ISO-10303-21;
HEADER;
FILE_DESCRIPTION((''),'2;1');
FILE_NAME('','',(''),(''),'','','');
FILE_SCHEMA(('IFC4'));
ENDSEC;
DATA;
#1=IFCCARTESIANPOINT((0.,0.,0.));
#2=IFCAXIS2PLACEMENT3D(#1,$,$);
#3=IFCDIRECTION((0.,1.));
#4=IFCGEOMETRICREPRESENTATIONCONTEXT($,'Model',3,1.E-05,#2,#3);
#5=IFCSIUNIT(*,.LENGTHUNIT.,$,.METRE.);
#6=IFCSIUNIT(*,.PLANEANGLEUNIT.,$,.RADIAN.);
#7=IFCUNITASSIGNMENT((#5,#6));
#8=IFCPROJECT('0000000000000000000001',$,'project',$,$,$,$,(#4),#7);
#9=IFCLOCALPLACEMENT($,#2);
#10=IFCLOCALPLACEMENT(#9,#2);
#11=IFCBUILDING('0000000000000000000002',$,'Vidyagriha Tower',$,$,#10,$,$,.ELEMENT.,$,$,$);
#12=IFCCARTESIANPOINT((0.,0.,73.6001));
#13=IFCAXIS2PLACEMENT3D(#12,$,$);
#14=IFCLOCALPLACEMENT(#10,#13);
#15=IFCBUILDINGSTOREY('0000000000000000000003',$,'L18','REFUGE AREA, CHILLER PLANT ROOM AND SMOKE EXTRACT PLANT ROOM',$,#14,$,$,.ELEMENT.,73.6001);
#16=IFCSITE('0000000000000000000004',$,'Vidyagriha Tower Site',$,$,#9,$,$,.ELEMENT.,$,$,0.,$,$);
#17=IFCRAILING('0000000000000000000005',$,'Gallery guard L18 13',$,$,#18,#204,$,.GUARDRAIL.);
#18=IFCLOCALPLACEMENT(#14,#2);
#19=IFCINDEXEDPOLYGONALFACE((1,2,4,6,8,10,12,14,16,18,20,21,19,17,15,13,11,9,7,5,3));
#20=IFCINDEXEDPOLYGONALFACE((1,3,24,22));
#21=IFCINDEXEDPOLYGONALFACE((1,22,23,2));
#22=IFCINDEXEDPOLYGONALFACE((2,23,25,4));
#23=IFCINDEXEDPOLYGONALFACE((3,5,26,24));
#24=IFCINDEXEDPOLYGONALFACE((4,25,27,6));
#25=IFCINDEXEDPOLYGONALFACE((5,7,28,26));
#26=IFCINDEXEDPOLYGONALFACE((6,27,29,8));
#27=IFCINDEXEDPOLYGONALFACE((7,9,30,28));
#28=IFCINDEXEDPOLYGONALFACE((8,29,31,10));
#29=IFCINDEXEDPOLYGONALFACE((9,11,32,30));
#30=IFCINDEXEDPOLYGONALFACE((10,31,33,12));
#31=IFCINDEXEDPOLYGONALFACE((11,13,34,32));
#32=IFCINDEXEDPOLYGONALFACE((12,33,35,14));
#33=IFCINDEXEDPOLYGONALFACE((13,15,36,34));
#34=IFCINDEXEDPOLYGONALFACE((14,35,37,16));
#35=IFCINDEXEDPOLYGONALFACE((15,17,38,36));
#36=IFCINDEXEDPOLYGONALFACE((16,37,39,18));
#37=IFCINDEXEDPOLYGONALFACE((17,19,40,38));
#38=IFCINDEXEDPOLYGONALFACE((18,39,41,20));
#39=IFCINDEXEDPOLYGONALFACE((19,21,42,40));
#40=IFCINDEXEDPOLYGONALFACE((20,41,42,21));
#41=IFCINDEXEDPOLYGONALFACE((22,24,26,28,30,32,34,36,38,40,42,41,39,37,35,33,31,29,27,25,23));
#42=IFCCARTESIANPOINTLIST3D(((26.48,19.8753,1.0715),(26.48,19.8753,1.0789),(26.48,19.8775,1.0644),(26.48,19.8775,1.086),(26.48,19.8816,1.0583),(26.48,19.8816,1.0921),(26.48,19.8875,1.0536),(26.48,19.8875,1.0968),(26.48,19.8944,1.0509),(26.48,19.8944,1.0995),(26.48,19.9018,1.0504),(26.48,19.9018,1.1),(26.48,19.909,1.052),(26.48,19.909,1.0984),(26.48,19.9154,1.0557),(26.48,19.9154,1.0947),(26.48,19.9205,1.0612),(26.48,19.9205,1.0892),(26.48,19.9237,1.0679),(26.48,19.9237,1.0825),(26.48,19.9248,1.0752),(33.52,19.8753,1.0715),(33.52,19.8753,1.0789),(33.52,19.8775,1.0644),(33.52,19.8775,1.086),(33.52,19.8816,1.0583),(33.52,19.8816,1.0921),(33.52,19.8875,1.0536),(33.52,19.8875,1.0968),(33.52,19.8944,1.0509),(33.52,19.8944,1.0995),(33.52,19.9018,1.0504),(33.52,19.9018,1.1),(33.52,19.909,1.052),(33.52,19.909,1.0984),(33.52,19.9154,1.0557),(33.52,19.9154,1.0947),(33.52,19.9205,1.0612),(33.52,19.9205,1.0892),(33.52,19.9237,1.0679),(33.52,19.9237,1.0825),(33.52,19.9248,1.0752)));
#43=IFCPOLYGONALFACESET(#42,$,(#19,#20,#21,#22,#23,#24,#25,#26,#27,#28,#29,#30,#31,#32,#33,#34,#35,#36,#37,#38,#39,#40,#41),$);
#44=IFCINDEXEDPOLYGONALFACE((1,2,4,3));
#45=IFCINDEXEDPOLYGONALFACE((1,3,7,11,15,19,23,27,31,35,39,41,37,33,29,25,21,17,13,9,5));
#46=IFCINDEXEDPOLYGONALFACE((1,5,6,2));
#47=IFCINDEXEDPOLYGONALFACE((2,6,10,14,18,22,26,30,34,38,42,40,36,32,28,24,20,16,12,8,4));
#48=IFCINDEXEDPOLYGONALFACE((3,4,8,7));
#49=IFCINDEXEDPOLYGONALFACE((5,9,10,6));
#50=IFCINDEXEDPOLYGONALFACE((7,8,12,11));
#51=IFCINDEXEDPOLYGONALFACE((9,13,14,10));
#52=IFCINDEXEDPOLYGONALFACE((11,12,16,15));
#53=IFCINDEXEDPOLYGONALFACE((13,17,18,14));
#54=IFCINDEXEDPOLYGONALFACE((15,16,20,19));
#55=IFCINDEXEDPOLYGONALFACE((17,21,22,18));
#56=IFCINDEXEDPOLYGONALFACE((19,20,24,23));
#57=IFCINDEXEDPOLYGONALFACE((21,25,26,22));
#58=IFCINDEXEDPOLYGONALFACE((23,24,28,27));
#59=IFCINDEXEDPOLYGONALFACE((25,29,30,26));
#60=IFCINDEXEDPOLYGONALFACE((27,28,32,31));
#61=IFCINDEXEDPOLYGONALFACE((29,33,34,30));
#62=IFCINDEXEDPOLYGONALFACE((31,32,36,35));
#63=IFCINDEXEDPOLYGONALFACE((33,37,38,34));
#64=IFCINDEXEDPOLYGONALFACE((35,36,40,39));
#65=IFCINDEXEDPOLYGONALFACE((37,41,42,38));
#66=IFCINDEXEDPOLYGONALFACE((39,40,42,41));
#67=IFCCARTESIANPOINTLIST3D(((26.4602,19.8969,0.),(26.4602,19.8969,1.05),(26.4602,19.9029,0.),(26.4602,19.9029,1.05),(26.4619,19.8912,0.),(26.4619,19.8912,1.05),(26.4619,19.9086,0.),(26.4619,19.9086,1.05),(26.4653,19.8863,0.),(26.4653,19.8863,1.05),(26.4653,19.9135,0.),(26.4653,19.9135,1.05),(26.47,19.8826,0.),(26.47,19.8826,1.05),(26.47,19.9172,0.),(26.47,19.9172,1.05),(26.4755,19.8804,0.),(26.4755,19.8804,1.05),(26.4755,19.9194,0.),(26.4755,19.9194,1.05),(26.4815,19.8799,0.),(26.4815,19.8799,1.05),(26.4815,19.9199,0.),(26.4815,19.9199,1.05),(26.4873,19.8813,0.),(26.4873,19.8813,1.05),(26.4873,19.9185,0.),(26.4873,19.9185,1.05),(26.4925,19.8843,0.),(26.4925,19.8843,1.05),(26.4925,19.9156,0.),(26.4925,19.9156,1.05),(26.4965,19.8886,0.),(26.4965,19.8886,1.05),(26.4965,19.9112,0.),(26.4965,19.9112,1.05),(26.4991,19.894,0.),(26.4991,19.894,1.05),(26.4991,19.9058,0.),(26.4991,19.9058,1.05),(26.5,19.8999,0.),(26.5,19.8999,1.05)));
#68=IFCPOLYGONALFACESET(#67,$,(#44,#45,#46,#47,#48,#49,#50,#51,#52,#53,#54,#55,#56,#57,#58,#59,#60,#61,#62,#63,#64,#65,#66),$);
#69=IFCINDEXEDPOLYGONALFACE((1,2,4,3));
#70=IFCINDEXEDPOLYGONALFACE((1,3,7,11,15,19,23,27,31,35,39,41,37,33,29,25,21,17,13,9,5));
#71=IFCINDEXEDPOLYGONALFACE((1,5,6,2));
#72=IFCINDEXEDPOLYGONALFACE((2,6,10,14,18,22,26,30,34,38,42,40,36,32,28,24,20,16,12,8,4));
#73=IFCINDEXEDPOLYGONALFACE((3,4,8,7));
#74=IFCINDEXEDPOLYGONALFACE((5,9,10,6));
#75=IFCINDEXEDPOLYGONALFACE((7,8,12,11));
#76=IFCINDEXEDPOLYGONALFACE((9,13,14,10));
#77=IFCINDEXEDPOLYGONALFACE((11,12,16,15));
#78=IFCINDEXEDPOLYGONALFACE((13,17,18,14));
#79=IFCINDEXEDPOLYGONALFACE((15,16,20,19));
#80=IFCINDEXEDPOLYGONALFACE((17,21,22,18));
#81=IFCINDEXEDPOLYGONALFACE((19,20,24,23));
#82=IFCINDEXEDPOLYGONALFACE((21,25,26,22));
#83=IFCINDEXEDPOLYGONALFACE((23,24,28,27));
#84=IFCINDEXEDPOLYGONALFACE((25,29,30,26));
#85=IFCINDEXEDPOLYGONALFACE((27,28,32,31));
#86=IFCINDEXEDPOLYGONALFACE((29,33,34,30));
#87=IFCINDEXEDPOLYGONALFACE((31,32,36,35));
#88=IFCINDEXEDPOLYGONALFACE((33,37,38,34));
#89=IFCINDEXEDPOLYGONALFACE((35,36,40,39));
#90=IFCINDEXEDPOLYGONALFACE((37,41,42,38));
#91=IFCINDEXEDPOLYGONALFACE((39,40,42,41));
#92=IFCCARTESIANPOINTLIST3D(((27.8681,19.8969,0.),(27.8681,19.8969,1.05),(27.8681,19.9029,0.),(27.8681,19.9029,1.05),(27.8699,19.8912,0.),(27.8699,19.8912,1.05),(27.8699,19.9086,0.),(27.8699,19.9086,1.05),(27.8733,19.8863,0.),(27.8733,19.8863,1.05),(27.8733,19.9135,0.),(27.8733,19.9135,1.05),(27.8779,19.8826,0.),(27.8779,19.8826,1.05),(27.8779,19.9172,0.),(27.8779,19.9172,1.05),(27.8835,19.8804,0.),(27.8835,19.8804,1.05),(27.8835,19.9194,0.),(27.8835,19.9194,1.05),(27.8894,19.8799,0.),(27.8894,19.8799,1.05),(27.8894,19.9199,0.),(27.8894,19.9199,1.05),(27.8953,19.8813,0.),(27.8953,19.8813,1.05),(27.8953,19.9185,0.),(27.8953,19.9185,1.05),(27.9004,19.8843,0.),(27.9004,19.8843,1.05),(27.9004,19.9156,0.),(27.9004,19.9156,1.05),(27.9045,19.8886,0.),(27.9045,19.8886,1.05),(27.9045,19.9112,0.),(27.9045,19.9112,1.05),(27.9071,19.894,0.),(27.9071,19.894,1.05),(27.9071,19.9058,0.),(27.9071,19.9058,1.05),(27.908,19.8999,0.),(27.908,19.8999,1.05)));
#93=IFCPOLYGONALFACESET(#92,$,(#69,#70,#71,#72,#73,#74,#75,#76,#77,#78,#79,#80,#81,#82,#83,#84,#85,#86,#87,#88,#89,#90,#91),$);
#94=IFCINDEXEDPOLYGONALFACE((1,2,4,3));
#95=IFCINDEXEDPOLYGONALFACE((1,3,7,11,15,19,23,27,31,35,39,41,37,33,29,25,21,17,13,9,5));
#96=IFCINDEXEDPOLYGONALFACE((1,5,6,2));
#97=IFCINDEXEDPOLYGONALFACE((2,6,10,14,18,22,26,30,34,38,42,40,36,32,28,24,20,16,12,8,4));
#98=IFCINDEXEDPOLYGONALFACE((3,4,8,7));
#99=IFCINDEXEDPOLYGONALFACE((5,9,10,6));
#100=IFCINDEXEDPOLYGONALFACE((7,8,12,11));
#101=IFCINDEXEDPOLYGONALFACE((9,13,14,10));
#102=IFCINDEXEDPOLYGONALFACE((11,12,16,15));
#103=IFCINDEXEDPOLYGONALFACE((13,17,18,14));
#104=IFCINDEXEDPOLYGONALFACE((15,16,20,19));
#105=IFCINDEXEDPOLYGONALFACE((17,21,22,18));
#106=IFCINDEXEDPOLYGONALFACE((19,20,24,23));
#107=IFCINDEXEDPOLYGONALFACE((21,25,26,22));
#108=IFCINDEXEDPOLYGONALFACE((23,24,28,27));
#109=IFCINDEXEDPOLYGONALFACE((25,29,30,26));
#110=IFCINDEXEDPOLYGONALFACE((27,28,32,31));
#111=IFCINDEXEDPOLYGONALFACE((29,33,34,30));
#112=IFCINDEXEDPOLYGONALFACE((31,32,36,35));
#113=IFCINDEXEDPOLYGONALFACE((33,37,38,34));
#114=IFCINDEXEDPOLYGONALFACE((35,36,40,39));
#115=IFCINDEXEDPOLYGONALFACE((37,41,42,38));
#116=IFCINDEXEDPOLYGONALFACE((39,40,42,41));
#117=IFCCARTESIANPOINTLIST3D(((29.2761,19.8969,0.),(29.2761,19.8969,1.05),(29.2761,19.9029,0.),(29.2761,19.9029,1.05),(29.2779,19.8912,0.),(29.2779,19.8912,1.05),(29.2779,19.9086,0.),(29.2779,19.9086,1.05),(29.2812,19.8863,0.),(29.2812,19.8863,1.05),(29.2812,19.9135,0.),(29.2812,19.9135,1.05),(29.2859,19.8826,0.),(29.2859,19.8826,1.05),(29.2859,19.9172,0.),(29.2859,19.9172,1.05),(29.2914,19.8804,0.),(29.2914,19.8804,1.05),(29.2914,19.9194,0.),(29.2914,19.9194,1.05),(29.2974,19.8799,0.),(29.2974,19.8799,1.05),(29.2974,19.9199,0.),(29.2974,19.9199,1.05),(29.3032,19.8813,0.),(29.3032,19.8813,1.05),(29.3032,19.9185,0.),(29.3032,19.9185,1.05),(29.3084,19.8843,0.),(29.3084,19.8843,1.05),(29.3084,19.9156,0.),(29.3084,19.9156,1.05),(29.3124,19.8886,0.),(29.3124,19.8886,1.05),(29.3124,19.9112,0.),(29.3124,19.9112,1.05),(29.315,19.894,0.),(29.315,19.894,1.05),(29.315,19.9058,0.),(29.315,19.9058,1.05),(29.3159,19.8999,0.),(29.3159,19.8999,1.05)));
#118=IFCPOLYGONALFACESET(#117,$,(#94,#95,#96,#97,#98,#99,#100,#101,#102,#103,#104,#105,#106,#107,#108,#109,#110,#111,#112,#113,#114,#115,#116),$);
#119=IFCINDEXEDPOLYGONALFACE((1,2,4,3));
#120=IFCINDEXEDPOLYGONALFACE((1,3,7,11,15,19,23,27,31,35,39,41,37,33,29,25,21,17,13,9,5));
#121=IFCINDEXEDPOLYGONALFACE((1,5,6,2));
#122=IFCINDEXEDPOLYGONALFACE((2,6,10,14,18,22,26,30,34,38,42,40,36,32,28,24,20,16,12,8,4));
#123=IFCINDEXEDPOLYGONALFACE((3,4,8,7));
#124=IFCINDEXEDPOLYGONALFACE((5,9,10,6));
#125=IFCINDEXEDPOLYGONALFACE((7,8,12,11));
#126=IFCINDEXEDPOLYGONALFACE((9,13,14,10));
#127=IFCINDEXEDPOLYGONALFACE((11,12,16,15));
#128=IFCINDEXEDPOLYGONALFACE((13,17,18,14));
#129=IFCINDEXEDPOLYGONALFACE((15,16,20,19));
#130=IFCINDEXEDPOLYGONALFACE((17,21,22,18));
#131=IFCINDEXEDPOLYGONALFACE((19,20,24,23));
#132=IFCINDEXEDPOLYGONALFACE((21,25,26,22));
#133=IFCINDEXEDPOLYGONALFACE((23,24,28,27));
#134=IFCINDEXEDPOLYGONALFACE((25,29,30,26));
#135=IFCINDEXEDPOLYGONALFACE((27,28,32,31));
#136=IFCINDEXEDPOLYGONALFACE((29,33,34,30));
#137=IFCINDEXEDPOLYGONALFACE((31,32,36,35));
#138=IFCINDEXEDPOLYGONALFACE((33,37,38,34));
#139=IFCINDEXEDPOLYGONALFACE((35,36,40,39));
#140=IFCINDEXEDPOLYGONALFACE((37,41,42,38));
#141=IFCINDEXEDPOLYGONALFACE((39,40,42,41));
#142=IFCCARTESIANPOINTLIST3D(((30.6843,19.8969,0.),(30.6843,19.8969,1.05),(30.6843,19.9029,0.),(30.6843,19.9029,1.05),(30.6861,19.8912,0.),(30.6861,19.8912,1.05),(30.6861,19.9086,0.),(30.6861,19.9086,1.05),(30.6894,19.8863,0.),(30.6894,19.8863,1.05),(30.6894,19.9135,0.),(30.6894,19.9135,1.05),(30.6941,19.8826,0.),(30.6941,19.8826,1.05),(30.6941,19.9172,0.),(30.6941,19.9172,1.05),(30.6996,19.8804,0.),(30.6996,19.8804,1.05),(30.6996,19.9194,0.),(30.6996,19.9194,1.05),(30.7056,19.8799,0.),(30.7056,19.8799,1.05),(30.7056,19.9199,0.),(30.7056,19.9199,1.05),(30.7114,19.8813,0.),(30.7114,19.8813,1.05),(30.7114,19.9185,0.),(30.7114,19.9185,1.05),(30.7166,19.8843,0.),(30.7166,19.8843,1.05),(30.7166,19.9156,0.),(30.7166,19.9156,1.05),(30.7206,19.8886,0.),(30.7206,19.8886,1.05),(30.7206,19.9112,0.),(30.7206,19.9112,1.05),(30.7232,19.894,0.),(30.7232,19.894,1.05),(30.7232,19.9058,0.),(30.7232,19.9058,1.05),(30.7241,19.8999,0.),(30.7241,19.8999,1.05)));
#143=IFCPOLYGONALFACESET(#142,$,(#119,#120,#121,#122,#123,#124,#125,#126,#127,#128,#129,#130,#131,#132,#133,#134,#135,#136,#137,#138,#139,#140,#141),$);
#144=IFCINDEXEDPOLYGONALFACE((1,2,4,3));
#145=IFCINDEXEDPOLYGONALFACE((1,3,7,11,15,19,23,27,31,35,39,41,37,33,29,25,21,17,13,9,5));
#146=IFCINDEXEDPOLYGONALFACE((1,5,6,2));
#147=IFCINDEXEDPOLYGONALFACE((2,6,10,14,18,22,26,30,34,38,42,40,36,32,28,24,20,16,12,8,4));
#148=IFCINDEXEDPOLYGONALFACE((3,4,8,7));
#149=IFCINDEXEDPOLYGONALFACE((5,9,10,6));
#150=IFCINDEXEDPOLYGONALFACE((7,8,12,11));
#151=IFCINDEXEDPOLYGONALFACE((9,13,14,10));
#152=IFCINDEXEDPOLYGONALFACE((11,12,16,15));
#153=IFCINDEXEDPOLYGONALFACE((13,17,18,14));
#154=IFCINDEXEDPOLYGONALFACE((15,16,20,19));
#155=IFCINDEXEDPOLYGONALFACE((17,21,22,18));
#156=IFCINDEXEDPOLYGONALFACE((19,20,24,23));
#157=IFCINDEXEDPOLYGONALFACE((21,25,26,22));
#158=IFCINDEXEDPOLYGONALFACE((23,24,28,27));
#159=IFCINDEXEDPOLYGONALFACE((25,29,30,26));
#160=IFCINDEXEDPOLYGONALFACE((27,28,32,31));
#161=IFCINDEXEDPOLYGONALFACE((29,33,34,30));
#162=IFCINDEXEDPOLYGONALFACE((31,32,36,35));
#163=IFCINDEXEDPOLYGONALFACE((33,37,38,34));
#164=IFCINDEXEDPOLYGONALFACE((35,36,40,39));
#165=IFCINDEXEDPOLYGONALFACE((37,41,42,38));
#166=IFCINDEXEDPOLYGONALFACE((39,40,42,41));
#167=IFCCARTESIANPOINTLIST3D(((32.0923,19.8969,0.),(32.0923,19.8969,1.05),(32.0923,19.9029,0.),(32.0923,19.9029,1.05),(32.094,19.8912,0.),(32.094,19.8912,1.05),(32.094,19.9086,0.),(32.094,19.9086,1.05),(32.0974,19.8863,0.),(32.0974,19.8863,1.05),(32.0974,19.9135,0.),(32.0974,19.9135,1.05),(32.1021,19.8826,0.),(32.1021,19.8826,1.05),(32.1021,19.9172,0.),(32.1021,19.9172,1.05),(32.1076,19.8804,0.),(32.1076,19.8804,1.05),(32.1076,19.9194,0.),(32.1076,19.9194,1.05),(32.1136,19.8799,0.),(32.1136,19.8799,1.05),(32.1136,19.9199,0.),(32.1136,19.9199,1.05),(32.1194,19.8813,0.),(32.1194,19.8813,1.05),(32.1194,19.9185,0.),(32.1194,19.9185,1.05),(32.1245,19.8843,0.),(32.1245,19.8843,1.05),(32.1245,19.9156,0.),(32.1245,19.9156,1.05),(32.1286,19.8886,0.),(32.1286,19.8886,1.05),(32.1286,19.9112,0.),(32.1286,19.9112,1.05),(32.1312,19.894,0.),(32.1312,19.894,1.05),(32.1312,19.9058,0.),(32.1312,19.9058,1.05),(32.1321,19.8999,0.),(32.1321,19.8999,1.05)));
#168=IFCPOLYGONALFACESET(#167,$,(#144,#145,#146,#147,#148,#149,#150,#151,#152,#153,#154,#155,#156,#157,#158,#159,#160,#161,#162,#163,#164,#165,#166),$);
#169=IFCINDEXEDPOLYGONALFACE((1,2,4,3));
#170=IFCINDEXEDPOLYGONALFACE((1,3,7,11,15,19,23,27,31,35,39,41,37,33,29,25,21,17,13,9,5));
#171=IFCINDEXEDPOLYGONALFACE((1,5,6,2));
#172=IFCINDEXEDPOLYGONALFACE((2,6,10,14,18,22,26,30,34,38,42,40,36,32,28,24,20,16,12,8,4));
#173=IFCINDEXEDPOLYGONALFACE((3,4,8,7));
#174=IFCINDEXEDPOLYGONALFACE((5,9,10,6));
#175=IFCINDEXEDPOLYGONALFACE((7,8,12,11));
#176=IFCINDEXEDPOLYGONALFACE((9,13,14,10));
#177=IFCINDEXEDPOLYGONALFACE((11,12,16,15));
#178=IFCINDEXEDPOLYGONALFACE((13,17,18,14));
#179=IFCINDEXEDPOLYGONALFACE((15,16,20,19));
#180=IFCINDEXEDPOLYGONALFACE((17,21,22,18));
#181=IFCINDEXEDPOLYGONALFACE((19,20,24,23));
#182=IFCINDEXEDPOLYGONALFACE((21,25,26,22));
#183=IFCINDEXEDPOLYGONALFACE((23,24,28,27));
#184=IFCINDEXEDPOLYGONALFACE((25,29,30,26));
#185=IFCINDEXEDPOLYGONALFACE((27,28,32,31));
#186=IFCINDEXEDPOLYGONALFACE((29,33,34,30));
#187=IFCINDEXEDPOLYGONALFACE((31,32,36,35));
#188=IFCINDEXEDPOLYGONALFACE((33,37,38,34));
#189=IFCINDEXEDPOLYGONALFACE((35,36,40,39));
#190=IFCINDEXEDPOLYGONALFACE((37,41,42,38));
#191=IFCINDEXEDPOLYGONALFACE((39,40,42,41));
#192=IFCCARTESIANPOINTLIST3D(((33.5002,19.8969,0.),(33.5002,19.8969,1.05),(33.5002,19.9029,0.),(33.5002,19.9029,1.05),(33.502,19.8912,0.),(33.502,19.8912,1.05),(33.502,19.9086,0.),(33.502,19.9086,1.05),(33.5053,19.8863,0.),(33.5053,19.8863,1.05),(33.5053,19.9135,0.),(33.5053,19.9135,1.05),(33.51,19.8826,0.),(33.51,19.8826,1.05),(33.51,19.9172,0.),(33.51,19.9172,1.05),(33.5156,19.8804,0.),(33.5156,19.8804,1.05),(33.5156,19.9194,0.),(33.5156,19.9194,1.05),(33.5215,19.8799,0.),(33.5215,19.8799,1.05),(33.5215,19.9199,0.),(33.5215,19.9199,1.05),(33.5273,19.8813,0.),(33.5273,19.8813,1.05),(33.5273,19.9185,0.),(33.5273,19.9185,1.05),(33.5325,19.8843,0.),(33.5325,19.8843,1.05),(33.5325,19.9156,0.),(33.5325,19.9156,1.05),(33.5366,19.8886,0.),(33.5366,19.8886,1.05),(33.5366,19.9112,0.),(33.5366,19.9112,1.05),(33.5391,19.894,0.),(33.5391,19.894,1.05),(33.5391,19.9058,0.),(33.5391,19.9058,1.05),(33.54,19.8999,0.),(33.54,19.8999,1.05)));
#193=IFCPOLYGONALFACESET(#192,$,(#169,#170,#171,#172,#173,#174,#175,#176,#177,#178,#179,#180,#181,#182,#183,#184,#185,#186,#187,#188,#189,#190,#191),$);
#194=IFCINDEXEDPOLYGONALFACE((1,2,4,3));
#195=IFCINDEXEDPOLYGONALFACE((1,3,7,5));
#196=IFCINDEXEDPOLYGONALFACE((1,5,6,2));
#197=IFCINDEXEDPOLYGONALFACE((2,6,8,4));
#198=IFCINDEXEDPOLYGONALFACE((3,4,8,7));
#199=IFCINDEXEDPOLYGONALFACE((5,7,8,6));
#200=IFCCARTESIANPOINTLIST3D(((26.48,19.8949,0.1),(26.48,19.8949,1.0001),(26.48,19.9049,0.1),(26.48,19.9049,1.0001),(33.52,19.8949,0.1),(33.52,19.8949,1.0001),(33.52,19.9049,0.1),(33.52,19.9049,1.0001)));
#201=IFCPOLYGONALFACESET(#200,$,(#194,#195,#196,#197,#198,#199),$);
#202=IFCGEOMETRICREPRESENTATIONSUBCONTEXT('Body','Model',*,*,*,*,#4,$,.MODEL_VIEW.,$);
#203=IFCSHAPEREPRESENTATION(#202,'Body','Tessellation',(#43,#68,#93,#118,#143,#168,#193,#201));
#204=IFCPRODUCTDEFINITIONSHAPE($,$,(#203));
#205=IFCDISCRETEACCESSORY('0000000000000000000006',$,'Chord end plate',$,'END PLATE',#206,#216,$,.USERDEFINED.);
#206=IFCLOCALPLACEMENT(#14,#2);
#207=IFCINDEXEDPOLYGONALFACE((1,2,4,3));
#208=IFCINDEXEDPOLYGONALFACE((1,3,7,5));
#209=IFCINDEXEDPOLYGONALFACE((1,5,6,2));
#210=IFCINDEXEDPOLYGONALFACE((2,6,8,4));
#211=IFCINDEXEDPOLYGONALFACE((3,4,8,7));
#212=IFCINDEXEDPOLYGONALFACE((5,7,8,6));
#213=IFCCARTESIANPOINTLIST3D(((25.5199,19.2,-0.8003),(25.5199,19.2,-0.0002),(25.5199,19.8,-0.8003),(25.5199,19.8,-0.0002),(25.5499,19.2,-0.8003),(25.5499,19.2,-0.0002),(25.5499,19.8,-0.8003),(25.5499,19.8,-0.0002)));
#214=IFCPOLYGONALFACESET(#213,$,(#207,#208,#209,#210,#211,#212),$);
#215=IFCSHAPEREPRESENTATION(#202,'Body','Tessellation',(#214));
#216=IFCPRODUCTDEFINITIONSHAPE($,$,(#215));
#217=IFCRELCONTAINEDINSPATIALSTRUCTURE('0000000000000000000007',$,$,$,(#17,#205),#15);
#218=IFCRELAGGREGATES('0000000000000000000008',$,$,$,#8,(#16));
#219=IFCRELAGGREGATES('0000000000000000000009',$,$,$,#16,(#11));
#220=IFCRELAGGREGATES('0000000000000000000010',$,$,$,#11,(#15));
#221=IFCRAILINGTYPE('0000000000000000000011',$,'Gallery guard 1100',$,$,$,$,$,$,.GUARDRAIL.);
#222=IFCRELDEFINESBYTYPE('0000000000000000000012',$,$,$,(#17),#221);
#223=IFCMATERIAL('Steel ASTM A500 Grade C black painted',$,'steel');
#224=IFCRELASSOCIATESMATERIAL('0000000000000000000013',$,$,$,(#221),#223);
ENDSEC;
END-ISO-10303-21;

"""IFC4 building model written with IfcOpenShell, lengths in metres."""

from ifc_helpers import new_model, si_unit, direction, frame, origin, origin_2d, place, context, subcontext, project, spatial, rectangle, circle, extrude, material, type_object, element, save


model = new_model("IFC4")

# Units and contexts
model_context = context("Model", 3, precision=1e-05, world=origin(), true_north=direction((0.0, 1.0)))
body_context = subcontext(model_context, "Body", "Model", "MODEL_VIEW")
ifc_project = project(units=[si_unit("LENGTHUNIT", "METRE"), si_unit("PLANEANGLEUNIT", "RADIAN")], contexts=[model_context])

# Site, building, storey
site_placement = place(None, origin())
site = spatial("IfcSite", under=ifc_project, at=site_placement, Name="Vidyagriha Tower Site", CompositionType="ELEMENT", RefElevation=0.0)
building_placement = place(site_placement, origin())
building = spatial("IfcBuilding", under=site, at=building_placement, Name="Vidyagriha Tower", CompositionType="ELEMENT")
storey_placement = place(building_placement, frame((0.0, 0.0, 73.6001)))
storey = spatial("IfcBuildingStorey", under=building, at=storey_placement, Name="L18", Description="REFUGE AREA, CHILLER PLANT ROOM AND SMOKE EXTRACT PLANT ROOM", CompositionType="ELEMENT", Elevation=73.6001)

# Railing
ifc_material_1 = material(Name="Steel ASTM A500 Grade C black painted", Category="steel")
railing_type = type_object("IfcRailingType", Name="Gallery guard 1100", PredefinedType="GUARDRAIL", material=ifc_material_1)
for number, where, name in (
    (1, (26.48, 19.8999, 0.0), "Gallery guard L18 13"),
):
    element("IfcRailing", number, at=place(storey_placement, frame(where)), inside=storey, type_object=railing_type, Name=name, PredefinedType="GUARDRAIL", context=body_context, shape_type="SweptSolid", body=[
        extrude(circle(Radius=0.0249, at=origin_2d()), frame((0.0, 0.0, 1.0752), z_axis=(1.0, 0.0, 0.0), x_axis=(0.0, 1.0, 0.0)), (0.0, 0.0, 1.0), 7.04),
        extrude(circle(Radius=0.02, at=origin_2d()), origin(), (0.0, 0.0, 1.0), 1.05),
        extrude(circle(Radius=0.02, at=origin_2d()), frame((1.408, 0.0, 0.0)), (0.0, 0.0, 1.0), 1.05),
        extrude(circle(Radius=0.02, at=origin_2d()), frame((2.8159, 0.0, 0.0)), (0.0, 0.0, 1.0), 1.05),
        extrude(circle(Radius=0.02, at=origin_2d()), frame((4.2241, 0.0, 0.0)), (0.0, 0.0, 1.0), 1.05),
        extrude(circle(Radius=0.02, at=origin_2d()), frame((5.6321, 0.0, 0.0)), (0.0, 0.0, 1.0), 1.05),
        extrude(circle(Radius=0.02, at=origin_2d()), frame((7.04, 0.0, 0.0)), (0.0, 0.0, 1.0), 1.05),
        extrude(rectangle(XDim=0.01, YDim=0.9001, at=origin_2d()), frame((0.0, 0.0, 0.55), z_axis=(1.0, 0.0, 0.0), x_axis=(0.0, 1.0, 0.0)), (0.0, 0.0, 1.0), 7.04),
    ])

# Discrete accessory
discrete_accessory_1_placement = place(storey_placement, frame((25.5349, 19.5, -0.8003), z_axis=(0.0, 0.0, 1.0), x_axis=(-1.0, 0.0, 0.0)))
element("IfcDiscreteAccessory", 2, at=discrete_accessory_1_placement, inside=storey, Name="Chord end plate", ObjectType="END PLATE", PredefinedType="USERDEFINED", context=body_context, shape_type="SweptSolid", body=[
    extrude(rectangle(XDim=0.03, YDim=0.6001, at=origin_2d()), origin(), (0.0, 0.0, 1.0), 0.8),
])

save(model, "model.ifc")
